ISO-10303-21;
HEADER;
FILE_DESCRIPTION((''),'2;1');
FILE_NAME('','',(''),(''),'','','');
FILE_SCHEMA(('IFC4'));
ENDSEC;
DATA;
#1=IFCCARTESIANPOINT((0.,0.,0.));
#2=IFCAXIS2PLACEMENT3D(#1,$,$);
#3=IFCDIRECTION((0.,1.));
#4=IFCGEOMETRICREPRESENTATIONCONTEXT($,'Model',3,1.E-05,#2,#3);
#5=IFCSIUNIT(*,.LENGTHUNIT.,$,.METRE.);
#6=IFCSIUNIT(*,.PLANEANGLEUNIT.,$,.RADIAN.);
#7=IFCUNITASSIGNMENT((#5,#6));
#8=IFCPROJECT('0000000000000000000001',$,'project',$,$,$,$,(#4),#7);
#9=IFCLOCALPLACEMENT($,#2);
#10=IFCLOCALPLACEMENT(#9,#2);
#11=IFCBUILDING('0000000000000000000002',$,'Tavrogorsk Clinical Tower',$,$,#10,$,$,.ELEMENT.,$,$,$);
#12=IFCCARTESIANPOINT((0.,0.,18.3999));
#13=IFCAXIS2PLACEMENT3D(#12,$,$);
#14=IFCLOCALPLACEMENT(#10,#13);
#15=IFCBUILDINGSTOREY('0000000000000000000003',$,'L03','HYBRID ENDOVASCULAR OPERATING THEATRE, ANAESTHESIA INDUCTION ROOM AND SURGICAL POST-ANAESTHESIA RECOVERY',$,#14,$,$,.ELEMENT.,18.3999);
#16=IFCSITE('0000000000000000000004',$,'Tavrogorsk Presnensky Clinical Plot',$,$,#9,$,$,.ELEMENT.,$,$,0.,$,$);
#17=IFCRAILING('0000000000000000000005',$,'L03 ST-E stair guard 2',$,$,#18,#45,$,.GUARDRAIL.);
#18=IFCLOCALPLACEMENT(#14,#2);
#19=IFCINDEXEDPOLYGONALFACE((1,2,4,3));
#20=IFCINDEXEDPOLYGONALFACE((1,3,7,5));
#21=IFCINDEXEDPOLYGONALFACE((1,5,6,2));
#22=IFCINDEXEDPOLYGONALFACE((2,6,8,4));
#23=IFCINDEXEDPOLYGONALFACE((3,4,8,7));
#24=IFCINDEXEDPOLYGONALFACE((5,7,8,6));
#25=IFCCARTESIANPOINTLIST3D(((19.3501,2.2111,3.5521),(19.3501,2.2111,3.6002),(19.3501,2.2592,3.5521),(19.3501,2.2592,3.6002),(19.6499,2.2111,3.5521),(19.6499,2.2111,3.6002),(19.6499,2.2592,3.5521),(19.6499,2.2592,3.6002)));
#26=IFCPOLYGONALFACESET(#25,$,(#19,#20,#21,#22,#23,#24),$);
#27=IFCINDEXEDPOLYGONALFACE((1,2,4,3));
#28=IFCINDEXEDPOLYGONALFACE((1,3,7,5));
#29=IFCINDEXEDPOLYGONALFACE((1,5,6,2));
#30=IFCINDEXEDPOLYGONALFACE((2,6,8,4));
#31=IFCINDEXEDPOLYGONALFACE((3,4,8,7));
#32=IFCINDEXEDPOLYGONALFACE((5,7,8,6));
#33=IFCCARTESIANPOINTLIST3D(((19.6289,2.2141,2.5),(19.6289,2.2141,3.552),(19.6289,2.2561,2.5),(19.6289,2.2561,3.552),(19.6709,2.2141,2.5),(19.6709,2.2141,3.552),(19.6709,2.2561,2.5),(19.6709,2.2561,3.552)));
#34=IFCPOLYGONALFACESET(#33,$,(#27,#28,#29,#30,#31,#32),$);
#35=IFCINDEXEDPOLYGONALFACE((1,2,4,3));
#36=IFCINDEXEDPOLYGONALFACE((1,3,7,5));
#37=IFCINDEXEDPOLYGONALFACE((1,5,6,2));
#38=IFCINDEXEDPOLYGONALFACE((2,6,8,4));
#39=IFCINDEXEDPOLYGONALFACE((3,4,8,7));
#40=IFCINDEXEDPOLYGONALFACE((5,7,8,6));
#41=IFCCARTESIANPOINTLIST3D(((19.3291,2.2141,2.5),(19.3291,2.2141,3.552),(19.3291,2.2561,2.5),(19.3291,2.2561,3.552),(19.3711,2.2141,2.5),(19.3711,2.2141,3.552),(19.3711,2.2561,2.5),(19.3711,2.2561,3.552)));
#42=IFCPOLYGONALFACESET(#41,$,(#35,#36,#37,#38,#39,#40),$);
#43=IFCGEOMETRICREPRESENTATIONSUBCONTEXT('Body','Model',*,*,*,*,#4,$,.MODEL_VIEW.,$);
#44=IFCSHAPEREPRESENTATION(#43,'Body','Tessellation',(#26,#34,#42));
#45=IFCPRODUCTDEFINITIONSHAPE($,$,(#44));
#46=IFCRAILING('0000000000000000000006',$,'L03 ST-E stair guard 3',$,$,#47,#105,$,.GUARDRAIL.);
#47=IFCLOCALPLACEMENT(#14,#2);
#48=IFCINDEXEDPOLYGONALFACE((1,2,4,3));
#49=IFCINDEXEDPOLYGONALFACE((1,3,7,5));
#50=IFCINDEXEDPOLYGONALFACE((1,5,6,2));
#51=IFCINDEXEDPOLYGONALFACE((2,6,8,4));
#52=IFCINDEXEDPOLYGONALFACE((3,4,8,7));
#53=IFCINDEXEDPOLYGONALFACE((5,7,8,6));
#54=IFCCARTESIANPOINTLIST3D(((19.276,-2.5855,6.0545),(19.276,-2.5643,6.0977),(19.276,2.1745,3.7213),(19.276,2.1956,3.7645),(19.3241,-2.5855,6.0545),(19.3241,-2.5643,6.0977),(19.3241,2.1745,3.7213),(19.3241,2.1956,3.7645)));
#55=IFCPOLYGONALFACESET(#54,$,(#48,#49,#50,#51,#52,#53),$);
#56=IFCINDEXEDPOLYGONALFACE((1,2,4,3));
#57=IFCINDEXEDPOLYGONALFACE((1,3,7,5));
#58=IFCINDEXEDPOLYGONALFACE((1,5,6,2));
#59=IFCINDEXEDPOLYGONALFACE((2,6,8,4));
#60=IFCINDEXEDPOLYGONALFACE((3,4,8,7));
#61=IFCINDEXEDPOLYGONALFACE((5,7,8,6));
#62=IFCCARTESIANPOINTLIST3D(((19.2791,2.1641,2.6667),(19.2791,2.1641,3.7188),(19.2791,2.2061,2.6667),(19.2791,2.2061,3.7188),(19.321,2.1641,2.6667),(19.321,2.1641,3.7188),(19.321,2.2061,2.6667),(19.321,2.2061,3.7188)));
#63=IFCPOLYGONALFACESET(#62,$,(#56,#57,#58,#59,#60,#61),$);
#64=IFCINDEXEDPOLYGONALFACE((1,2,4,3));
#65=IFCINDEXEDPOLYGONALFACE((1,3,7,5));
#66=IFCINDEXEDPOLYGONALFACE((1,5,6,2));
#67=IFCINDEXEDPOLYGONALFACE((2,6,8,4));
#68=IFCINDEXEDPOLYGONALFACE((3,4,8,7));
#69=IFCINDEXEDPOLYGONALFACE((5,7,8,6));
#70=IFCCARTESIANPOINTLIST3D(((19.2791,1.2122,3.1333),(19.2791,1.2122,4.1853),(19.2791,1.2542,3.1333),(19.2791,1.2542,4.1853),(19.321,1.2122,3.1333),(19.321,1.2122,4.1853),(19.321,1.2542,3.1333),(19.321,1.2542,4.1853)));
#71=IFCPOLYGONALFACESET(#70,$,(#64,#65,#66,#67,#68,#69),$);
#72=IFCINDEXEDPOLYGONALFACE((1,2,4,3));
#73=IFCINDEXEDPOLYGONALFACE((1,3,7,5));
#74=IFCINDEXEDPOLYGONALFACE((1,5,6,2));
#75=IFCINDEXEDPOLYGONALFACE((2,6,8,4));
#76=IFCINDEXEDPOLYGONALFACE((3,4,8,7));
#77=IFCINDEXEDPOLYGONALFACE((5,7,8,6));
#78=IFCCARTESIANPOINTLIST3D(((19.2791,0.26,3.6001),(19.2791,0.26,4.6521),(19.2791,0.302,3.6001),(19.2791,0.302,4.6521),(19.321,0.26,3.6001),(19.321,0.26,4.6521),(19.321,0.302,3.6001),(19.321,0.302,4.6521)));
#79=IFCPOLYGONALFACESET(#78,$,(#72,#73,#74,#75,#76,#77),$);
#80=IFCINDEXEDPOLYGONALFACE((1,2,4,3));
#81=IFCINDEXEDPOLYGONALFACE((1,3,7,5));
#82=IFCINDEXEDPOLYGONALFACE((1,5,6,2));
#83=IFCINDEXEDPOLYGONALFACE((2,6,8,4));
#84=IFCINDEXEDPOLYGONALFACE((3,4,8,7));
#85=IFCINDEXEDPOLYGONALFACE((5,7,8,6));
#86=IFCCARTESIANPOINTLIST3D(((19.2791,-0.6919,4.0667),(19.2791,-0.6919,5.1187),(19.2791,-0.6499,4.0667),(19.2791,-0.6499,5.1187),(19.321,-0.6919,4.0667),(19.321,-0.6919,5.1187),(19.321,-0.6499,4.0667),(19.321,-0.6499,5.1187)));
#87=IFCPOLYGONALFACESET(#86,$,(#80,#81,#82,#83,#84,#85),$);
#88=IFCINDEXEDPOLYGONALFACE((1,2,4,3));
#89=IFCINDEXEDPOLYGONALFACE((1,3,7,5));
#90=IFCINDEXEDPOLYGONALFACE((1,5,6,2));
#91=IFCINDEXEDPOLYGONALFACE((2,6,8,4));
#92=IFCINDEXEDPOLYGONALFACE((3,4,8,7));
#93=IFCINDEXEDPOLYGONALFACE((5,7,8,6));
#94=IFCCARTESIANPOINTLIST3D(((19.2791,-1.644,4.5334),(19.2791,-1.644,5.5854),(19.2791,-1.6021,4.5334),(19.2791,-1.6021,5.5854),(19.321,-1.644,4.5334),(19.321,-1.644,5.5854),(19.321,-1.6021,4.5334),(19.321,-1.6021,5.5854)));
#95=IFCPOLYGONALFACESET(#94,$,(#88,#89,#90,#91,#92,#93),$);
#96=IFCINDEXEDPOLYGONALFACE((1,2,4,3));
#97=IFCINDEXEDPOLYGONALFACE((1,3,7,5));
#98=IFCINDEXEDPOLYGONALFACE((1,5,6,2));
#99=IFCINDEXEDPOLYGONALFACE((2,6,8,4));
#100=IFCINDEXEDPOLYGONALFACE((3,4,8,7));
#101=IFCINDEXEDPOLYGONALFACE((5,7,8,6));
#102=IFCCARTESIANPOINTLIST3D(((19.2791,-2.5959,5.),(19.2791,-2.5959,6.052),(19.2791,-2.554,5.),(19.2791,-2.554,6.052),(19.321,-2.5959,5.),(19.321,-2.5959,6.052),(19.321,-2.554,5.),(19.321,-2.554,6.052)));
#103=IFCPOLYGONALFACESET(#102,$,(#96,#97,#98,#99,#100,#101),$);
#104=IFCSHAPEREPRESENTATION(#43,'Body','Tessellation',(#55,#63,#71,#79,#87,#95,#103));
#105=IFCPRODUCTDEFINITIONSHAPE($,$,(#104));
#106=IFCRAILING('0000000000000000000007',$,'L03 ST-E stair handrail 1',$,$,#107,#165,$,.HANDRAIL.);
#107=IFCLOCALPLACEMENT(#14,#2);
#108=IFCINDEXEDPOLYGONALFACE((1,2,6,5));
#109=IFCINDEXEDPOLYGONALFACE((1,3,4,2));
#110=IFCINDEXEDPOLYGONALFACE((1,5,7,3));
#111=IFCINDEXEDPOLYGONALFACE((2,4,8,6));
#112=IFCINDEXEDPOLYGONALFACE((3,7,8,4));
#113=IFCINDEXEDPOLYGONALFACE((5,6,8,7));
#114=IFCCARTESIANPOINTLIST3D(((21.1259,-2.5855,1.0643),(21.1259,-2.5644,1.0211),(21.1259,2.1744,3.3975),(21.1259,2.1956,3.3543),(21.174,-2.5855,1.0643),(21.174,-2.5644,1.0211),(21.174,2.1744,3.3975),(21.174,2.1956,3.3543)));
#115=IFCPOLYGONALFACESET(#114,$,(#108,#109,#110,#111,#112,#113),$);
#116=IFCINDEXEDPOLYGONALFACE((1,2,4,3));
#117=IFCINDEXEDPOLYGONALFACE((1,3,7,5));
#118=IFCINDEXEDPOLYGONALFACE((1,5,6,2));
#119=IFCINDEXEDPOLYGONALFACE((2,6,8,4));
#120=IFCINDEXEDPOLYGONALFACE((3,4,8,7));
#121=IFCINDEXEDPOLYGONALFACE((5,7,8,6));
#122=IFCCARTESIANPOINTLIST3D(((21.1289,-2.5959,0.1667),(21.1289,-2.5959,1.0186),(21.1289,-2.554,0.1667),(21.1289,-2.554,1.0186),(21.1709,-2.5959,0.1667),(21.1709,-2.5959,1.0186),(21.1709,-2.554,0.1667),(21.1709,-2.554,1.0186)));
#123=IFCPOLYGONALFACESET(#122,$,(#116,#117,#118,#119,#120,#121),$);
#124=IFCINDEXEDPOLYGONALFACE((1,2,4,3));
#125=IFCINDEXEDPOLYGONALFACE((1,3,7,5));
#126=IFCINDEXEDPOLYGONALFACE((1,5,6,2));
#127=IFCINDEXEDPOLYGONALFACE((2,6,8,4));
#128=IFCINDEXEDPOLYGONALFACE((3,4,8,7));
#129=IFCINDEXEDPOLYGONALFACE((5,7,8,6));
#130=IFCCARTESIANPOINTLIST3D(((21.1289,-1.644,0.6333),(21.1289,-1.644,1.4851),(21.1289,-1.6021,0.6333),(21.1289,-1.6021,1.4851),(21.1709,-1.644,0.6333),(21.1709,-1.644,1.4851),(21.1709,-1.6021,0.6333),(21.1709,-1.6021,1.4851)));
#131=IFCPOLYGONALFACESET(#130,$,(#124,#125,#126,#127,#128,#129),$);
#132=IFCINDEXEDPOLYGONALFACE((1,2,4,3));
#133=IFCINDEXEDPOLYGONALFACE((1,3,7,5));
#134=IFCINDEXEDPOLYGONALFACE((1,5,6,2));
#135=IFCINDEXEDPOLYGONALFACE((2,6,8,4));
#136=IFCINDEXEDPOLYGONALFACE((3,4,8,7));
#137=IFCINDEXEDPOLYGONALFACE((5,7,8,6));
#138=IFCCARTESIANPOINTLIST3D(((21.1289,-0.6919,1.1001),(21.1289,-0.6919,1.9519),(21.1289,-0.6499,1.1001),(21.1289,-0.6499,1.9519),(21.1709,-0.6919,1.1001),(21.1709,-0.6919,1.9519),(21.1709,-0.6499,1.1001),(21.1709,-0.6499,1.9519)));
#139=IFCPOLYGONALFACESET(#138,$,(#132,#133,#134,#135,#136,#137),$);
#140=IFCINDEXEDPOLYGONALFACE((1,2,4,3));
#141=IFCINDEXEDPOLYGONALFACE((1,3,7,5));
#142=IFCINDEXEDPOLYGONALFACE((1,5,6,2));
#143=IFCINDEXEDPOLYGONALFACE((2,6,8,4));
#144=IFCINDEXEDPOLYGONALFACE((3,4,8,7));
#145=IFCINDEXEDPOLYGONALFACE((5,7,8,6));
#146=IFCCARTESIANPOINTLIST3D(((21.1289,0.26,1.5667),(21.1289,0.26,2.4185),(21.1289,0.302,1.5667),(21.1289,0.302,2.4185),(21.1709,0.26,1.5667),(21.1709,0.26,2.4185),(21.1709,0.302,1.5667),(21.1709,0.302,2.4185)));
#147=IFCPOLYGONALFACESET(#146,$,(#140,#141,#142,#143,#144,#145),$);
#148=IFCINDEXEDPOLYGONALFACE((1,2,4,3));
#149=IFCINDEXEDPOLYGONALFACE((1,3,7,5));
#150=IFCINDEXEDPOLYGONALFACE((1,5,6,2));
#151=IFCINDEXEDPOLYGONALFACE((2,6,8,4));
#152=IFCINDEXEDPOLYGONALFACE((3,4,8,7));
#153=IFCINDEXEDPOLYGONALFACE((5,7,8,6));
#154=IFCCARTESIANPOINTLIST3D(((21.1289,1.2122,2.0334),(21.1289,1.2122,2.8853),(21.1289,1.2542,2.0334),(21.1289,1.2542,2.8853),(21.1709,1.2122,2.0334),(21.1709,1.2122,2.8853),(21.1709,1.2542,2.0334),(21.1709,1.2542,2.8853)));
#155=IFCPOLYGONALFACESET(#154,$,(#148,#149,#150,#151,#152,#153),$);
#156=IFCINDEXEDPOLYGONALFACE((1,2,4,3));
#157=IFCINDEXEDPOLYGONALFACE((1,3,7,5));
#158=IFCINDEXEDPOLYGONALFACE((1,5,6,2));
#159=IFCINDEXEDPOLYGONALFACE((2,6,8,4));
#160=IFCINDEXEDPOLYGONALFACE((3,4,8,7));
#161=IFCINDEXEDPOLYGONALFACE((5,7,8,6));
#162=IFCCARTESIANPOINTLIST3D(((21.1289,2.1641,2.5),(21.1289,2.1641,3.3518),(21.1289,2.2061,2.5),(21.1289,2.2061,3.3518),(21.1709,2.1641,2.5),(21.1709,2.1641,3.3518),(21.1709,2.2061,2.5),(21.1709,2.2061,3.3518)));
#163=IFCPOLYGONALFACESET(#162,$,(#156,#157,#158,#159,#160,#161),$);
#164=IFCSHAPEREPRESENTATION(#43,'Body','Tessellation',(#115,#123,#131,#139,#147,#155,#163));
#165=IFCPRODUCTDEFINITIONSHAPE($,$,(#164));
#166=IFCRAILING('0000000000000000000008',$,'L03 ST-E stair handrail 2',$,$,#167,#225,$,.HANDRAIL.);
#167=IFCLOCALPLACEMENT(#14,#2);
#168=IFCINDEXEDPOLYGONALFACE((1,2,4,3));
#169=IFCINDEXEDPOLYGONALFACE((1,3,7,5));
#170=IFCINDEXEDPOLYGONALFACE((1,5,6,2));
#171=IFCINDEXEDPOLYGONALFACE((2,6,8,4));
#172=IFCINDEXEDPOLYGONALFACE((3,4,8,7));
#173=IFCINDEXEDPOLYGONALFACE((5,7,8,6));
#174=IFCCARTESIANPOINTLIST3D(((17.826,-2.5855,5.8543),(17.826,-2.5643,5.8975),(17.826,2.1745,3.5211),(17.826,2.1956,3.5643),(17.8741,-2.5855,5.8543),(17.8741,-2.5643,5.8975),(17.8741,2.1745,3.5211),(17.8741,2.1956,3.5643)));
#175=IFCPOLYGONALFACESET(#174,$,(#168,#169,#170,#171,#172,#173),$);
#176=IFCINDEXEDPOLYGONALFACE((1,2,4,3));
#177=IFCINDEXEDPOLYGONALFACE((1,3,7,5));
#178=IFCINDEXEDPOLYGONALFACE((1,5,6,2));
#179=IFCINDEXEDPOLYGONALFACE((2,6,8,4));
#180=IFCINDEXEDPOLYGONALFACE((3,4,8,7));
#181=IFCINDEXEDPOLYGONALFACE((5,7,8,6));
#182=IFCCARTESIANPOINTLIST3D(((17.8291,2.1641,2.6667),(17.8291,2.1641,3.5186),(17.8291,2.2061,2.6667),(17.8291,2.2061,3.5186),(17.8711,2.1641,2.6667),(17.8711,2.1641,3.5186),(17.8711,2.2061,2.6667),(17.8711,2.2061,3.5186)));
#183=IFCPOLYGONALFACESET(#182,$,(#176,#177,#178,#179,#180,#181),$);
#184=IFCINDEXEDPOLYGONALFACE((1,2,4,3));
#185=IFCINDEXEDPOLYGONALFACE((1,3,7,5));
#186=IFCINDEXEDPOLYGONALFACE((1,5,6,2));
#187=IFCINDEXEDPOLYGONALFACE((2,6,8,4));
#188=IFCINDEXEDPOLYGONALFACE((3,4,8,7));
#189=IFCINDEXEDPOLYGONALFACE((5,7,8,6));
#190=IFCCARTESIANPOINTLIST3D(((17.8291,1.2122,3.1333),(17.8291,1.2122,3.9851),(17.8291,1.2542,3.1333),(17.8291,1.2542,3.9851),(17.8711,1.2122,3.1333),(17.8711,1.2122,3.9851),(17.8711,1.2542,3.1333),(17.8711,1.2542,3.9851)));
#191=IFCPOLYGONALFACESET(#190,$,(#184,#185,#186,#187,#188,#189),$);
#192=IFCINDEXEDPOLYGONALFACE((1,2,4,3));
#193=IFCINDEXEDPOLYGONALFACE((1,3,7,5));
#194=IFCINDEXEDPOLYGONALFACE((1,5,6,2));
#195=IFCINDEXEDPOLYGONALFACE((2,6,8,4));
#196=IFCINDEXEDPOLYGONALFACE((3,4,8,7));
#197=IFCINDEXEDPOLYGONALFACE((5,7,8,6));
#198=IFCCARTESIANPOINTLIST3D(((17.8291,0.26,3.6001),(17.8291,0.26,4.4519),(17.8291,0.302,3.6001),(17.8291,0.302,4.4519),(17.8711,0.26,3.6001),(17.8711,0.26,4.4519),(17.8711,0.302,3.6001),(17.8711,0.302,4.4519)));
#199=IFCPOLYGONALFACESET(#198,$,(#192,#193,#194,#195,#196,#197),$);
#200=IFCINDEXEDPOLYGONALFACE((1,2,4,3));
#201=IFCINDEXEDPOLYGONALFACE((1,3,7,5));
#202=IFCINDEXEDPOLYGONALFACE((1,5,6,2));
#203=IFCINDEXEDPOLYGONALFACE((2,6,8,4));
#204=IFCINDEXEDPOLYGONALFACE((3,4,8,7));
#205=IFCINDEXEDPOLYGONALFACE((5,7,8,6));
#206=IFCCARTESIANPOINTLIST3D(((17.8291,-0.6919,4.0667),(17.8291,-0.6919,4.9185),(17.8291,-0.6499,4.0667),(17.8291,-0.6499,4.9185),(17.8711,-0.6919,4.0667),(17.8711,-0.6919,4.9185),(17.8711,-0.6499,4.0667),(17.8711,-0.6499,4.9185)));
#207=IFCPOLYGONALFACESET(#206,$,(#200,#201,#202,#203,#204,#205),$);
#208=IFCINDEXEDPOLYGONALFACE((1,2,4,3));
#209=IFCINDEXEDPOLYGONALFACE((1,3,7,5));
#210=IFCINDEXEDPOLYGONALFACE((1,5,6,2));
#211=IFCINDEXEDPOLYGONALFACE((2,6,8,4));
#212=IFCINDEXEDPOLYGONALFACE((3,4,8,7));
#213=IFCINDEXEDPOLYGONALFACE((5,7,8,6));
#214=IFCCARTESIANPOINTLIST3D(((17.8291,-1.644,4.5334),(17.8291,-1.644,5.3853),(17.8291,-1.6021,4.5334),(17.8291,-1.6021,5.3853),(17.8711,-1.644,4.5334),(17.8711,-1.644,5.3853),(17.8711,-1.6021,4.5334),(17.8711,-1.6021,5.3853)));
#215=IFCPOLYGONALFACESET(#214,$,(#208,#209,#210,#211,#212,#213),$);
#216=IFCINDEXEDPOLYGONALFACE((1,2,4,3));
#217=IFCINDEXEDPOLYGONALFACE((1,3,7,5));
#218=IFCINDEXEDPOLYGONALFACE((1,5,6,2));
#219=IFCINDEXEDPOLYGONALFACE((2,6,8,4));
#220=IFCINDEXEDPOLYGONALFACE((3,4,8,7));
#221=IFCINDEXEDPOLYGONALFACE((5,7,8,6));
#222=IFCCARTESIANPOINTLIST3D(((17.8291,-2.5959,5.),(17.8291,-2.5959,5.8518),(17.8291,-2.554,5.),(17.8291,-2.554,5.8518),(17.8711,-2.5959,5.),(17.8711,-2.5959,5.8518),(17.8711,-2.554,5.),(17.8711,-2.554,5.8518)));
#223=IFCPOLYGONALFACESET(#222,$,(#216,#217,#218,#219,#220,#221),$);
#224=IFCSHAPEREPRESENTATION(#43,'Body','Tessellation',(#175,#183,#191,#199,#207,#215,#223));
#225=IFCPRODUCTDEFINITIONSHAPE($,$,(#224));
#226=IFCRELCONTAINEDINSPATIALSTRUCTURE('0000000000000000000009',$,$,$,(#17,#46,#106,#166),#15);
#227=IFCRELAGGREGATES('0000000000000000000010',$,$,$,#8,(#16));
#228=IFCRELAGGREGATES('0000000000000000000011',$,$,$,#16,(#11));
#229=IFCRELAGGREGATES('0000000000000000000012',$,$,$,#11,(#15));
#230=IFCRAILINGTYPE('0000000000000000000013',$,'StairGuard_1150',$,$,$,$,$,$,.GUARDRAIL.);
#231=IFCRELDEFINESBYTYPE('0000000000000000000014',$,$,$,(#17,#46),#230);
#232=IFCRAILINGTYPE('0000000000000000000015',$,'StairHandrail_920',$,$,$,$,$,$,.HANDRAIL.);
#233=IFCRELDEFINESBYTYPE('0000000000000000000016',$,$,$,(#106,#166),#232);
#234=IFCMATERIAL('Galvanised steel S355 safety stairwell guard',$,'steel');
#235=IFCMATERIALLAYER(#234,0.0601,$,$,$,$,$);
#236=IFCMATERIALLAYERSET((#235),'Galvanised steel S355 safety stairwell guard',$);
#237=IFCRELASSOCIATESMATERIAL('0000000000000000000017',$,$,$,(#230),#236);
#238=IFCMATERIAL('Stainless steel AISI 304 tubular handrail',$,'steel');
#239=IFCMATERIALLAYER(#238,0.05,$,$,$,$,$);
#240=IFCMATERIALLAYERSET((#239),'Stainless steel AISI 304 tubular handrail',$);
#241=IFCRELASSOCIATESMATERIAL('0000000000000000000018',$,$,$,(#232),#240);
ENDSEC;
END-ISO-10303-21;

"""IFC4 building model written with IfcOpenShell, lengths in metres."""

from ifc_helpers import new_model, si_unit, direction, frame, origin, origin_2d, place, context, subcontext, project, spatial, rectangle, extrude, material, layer, layer_set, type_object, element, save


model = new_model("IFC4")

# Units and contexts
model_context = context("Model", 3, precision=1e-05, world=origin(), true_north=direction((0.0, 1.0)))
body_context = subcontext(model_context, "Body", "Model", "MODEL_VIEW")
ifc_project = project(units=[si_unit("LENGTHUNIT", "METRE"), si_unit("PLANEANGLEUNIT", "RADIAN")], contexts=[model_context])

# Site, building, storey
site_placement = place(None, origin())
site = spatial("IfcSite", under=ifc_project, at=site_placement, Name="Tavrogorsk Presnensky Clinical Plot", CompositionType="ELEMENT", RefElevation=0.0)
building_placement = place(site_placement, origin())
building = spatial("IfcBuilding", under=site, at=building_placement, Name="Tavrogorsk Clinical Tower", CompositionType="ELEMENT")
storey_placement = place(building_placement, frame((0.0, 0.0, 18.3999)))
storey = spatial("IfcBuildingStorey", under=building, at=storey_placement, Name="L03", Description="HYBRID ENDOVASCULAR OPERATING THEATRE, ANAESTHESIA INDUCTION ROOM AND SURGICAL POST-ANAESTHESIA RECOVERY", CompositionType="ELEMENT", Elevation=18.3999)

# Railings
ifc_material_1 = material(Name="Galvanised steel S355 safety stairwell guard", Category="steel")
ifc_layer_1 = layer(ifc_material_1, 0.0601)
ifc_layer_set_1 = layer_set([ifc_layer_1], Name="Galvanised steel S355 safety stairwell guard")
railing_type_1 = type_object("IfcRailingType", Name="StairGuard_1150", PredefinedType="GUARDRAIL", material=ifc_layer_set_1)
railing_1_placement = place(storey_placement, frame((19.6499, 2.2351, 2.5)))
element("IfcRailing", 1, at=railing_1_placement, inside=storey, type_object=railing_type_1, Name="L03 ST-E stair guard 2", PredefinedType="GUARDRAIL", context=body_context, shape_type="SweptSolid", body=[
    extrude(rectangle(XDim=0.0481, YDim=0.0481, at=origin_2d()), frame((0.0, 0.0, 1.0762), z_axis=(-1.0, 0.0, 0.0), x_axis=(0.0, -1.0, 0.0)), (0.0, 0.0, 1.0), 0.2998),
    extrude(rectangle(XDim=0.042, YDim=0.042, at=origin_2d()), origin(), (0.0, 0.0, 1.0), 1.052),
    extrude(rectangle(XDim=0.042, YDim=0.042, at=origin_2d()), frame((-0.2998, 0.0, 0.0)), (0.0, 0.0, 1.0), 1.052),
])
railing_2_placement = place(storey_placement, frame((19.3, 2.1851, 2.6667)))
element("IfcRailing", 2, at=railing_2_placement, inside=storey, type_object=railing_type_1, Name="L03 ST-E stair guard 3", PredefinedType="GUARDRAIL", context=body_context, shape_type="SweptSolid", body=[
    extrude(rectangle(XDim=0.0481, YDim=0.0481, at=origin_2d()), frame((0.0, 0.0, 1.0762), z_axis=(0.0, -0.897927, 0.440144), x_axis=(1.0, 0.0, 0.0)), (0.0, 0.0, 1.0), 5.301),
    extrude(rectangle(XDim=0.042, YDim=0.042, at=origin_2d()), origin(), (0.0, 0.0, 1.0), 1.052),
    extrude(rectangle(XDim=0.042, YDim=0.042, at=origin_2d()), frame((0.0, -0.9519, 0.4666)), (0.0, 0.0, 1.0), 1.052),
    extrude(rectangle(XDim=0.042, YDim=0.042, at=origin_2d()), frame((0.0, -1.9041, 0.9333)), (0.0, 0.0, 1.0), 1.052),
    extrude(rectangle(XDim=0.042, YDim=0.042, at=origin_2d()), frame((0.0, -2.856, 1.3999)), (0.0, 0.0, 1.0), 1.052),
    extrude(rectangle(XDim=0.042, YDim=0.042, at=origin_2d()), frame((0.0, -3.8081, 1.8667)), (0.0, 0.0, 1.0), 1.052),
    extrude(rectangle(XDim=0.042, YDim=0.042, at=origin_2d()), frame((0.0, -4.76, 2.3333)), (0.0, 0.0, 1.0), 1.052),
])
ifc_material_2 = material(Name="Stainless steel AISI 304 tubular handrail", Category="steel")
ifc_layer_2 = layer(ifc_material_2, 0.05)
ifc_layer_set_2 = layer_set([ifc_layer_2], Name="Stainless steel AISI 304 tubular handrail")
railing_type_2 = type_object("IfcRailingType", Name="StairHandrail_920", PredefinedType="HANDRAIL", material=ifc_layer_set_2)
railing_3_placement = place(storey_placement, frame((21.1499, -2.575, 0.1667)))
element("IfcRailing", 3, at=railing_3_placement, inside=storey, type_object=railing_type_2, Name="L03 ST-E stair handrail 1", PredefinedType="HANDRAIL", context=body_context, shape_type="SweptSolid", body=[
    extrude(rectangle(XDim=0.0481, YDim=0.0481, at=origin_2d()), frame((0.0, 0.0, 0.876), z_axis=(0.0, 0.897927, 0.440144), x_axis=(-1.0, 0.0, 0.0)), (0.0, 0.0, 1.0), 5.301),
    extrude(rectangle(XDim=0.042, YDim=0.042, at=origin_2d()), origin(), (0.0, 0.0, 1.0), 0.8518),
    extrude(rectangle(XDim=0.042, YDim=0.042, at=origin_2d()), frame((0.0, 0.9519, 0.4666)), (0.0, 0.0, 1.0), 0.8518),
    extrude(rectangle(XDim=0.042, YDim=0.042, at=origin_2d()), frame((0.0, 1.9041, 0.9333)), (0.0, 0.0, 1.0), 0.8518),
    extrude(rectangle(XDim=0.042, YDim=0.042, at=origin_2d()), frame((0.0, 2.856, 1.3999)), (0.0, 0.0, 1.0), 0.8518),
    extrude(rectangle(XDim=0.042, YDim=0.042, at=origin_2d()), frame((0.0, 3.8081, 1.8667)), (0.0, 0.0, 1.0), 0.8518),
    extrude(rectangle(XDim=0.042, YDim=0.042, at=origin_2d()), frame((0.0, 4.76, 2.3333)), (0.0, 0.0, 1.0), 0.8518),
])
railing_4_placement = place(storey_placement, frame((17.8501, 2.1851, 2.6667)))
element("IfcRailing", 4, at=railing_4_placement, inside=storey, type_object=railing_type_2, Name="L03 ST-E stair handrail 2", PredefinedType="HANDRAIL", context=body_context, shape_type="SweptSolid", body=[
    extrude(rectangle(XDim=0.0481, YDim=0.0481, at=origin_2d()), frame((0.0, 0.0, 0.876), z_axis=(0.0, -0.897927, 0.440144), x_axis=(1.0, 0.0, 0.0)), (0.0, 0.0, 1.0), 5.301),
    extrude(rectangle(XDim=0.042, YDim=0.042, at=origin_2d()), origin(), (0.0, 0.0, 1.0), 0.8518),
    extrude(rectangle(XDim=0.042, YDim=0.042, at=origin_2d()), frame((0.0, -0.9519, 0.4666)), (0.0, 0.0, 1.0), 0.8518),
    extrude(rectangle(XDim=0.042, YDim=0.042, at=origin_2d()), frame((0.0, -1.9041, 0.9333)), (0.0, 0.0, 1.0), 0.8518),
    extrude(rectangle(XDim=0.042, YDim=0.042, at=origin_2d()), frame((0.0, -2.856, 1.3999)), (0.0, 0.0, 1.0), 0.8518),
    extrude(rectangle(XDim=0.042, YDim=0.042, at=origin_2d()), frame((0.0, -3.8081, 1.8667)), (0.0, 0.0, 1.0), 0.8518),
    extrude(rectangle(XDim=0.042, YDim=0.042, at=origin_2d()), frame((0.0, -4.76, 2.3333)), (0.0, 0.0, 1.0), 0.8518),
])

save(model, "model.ifc")
